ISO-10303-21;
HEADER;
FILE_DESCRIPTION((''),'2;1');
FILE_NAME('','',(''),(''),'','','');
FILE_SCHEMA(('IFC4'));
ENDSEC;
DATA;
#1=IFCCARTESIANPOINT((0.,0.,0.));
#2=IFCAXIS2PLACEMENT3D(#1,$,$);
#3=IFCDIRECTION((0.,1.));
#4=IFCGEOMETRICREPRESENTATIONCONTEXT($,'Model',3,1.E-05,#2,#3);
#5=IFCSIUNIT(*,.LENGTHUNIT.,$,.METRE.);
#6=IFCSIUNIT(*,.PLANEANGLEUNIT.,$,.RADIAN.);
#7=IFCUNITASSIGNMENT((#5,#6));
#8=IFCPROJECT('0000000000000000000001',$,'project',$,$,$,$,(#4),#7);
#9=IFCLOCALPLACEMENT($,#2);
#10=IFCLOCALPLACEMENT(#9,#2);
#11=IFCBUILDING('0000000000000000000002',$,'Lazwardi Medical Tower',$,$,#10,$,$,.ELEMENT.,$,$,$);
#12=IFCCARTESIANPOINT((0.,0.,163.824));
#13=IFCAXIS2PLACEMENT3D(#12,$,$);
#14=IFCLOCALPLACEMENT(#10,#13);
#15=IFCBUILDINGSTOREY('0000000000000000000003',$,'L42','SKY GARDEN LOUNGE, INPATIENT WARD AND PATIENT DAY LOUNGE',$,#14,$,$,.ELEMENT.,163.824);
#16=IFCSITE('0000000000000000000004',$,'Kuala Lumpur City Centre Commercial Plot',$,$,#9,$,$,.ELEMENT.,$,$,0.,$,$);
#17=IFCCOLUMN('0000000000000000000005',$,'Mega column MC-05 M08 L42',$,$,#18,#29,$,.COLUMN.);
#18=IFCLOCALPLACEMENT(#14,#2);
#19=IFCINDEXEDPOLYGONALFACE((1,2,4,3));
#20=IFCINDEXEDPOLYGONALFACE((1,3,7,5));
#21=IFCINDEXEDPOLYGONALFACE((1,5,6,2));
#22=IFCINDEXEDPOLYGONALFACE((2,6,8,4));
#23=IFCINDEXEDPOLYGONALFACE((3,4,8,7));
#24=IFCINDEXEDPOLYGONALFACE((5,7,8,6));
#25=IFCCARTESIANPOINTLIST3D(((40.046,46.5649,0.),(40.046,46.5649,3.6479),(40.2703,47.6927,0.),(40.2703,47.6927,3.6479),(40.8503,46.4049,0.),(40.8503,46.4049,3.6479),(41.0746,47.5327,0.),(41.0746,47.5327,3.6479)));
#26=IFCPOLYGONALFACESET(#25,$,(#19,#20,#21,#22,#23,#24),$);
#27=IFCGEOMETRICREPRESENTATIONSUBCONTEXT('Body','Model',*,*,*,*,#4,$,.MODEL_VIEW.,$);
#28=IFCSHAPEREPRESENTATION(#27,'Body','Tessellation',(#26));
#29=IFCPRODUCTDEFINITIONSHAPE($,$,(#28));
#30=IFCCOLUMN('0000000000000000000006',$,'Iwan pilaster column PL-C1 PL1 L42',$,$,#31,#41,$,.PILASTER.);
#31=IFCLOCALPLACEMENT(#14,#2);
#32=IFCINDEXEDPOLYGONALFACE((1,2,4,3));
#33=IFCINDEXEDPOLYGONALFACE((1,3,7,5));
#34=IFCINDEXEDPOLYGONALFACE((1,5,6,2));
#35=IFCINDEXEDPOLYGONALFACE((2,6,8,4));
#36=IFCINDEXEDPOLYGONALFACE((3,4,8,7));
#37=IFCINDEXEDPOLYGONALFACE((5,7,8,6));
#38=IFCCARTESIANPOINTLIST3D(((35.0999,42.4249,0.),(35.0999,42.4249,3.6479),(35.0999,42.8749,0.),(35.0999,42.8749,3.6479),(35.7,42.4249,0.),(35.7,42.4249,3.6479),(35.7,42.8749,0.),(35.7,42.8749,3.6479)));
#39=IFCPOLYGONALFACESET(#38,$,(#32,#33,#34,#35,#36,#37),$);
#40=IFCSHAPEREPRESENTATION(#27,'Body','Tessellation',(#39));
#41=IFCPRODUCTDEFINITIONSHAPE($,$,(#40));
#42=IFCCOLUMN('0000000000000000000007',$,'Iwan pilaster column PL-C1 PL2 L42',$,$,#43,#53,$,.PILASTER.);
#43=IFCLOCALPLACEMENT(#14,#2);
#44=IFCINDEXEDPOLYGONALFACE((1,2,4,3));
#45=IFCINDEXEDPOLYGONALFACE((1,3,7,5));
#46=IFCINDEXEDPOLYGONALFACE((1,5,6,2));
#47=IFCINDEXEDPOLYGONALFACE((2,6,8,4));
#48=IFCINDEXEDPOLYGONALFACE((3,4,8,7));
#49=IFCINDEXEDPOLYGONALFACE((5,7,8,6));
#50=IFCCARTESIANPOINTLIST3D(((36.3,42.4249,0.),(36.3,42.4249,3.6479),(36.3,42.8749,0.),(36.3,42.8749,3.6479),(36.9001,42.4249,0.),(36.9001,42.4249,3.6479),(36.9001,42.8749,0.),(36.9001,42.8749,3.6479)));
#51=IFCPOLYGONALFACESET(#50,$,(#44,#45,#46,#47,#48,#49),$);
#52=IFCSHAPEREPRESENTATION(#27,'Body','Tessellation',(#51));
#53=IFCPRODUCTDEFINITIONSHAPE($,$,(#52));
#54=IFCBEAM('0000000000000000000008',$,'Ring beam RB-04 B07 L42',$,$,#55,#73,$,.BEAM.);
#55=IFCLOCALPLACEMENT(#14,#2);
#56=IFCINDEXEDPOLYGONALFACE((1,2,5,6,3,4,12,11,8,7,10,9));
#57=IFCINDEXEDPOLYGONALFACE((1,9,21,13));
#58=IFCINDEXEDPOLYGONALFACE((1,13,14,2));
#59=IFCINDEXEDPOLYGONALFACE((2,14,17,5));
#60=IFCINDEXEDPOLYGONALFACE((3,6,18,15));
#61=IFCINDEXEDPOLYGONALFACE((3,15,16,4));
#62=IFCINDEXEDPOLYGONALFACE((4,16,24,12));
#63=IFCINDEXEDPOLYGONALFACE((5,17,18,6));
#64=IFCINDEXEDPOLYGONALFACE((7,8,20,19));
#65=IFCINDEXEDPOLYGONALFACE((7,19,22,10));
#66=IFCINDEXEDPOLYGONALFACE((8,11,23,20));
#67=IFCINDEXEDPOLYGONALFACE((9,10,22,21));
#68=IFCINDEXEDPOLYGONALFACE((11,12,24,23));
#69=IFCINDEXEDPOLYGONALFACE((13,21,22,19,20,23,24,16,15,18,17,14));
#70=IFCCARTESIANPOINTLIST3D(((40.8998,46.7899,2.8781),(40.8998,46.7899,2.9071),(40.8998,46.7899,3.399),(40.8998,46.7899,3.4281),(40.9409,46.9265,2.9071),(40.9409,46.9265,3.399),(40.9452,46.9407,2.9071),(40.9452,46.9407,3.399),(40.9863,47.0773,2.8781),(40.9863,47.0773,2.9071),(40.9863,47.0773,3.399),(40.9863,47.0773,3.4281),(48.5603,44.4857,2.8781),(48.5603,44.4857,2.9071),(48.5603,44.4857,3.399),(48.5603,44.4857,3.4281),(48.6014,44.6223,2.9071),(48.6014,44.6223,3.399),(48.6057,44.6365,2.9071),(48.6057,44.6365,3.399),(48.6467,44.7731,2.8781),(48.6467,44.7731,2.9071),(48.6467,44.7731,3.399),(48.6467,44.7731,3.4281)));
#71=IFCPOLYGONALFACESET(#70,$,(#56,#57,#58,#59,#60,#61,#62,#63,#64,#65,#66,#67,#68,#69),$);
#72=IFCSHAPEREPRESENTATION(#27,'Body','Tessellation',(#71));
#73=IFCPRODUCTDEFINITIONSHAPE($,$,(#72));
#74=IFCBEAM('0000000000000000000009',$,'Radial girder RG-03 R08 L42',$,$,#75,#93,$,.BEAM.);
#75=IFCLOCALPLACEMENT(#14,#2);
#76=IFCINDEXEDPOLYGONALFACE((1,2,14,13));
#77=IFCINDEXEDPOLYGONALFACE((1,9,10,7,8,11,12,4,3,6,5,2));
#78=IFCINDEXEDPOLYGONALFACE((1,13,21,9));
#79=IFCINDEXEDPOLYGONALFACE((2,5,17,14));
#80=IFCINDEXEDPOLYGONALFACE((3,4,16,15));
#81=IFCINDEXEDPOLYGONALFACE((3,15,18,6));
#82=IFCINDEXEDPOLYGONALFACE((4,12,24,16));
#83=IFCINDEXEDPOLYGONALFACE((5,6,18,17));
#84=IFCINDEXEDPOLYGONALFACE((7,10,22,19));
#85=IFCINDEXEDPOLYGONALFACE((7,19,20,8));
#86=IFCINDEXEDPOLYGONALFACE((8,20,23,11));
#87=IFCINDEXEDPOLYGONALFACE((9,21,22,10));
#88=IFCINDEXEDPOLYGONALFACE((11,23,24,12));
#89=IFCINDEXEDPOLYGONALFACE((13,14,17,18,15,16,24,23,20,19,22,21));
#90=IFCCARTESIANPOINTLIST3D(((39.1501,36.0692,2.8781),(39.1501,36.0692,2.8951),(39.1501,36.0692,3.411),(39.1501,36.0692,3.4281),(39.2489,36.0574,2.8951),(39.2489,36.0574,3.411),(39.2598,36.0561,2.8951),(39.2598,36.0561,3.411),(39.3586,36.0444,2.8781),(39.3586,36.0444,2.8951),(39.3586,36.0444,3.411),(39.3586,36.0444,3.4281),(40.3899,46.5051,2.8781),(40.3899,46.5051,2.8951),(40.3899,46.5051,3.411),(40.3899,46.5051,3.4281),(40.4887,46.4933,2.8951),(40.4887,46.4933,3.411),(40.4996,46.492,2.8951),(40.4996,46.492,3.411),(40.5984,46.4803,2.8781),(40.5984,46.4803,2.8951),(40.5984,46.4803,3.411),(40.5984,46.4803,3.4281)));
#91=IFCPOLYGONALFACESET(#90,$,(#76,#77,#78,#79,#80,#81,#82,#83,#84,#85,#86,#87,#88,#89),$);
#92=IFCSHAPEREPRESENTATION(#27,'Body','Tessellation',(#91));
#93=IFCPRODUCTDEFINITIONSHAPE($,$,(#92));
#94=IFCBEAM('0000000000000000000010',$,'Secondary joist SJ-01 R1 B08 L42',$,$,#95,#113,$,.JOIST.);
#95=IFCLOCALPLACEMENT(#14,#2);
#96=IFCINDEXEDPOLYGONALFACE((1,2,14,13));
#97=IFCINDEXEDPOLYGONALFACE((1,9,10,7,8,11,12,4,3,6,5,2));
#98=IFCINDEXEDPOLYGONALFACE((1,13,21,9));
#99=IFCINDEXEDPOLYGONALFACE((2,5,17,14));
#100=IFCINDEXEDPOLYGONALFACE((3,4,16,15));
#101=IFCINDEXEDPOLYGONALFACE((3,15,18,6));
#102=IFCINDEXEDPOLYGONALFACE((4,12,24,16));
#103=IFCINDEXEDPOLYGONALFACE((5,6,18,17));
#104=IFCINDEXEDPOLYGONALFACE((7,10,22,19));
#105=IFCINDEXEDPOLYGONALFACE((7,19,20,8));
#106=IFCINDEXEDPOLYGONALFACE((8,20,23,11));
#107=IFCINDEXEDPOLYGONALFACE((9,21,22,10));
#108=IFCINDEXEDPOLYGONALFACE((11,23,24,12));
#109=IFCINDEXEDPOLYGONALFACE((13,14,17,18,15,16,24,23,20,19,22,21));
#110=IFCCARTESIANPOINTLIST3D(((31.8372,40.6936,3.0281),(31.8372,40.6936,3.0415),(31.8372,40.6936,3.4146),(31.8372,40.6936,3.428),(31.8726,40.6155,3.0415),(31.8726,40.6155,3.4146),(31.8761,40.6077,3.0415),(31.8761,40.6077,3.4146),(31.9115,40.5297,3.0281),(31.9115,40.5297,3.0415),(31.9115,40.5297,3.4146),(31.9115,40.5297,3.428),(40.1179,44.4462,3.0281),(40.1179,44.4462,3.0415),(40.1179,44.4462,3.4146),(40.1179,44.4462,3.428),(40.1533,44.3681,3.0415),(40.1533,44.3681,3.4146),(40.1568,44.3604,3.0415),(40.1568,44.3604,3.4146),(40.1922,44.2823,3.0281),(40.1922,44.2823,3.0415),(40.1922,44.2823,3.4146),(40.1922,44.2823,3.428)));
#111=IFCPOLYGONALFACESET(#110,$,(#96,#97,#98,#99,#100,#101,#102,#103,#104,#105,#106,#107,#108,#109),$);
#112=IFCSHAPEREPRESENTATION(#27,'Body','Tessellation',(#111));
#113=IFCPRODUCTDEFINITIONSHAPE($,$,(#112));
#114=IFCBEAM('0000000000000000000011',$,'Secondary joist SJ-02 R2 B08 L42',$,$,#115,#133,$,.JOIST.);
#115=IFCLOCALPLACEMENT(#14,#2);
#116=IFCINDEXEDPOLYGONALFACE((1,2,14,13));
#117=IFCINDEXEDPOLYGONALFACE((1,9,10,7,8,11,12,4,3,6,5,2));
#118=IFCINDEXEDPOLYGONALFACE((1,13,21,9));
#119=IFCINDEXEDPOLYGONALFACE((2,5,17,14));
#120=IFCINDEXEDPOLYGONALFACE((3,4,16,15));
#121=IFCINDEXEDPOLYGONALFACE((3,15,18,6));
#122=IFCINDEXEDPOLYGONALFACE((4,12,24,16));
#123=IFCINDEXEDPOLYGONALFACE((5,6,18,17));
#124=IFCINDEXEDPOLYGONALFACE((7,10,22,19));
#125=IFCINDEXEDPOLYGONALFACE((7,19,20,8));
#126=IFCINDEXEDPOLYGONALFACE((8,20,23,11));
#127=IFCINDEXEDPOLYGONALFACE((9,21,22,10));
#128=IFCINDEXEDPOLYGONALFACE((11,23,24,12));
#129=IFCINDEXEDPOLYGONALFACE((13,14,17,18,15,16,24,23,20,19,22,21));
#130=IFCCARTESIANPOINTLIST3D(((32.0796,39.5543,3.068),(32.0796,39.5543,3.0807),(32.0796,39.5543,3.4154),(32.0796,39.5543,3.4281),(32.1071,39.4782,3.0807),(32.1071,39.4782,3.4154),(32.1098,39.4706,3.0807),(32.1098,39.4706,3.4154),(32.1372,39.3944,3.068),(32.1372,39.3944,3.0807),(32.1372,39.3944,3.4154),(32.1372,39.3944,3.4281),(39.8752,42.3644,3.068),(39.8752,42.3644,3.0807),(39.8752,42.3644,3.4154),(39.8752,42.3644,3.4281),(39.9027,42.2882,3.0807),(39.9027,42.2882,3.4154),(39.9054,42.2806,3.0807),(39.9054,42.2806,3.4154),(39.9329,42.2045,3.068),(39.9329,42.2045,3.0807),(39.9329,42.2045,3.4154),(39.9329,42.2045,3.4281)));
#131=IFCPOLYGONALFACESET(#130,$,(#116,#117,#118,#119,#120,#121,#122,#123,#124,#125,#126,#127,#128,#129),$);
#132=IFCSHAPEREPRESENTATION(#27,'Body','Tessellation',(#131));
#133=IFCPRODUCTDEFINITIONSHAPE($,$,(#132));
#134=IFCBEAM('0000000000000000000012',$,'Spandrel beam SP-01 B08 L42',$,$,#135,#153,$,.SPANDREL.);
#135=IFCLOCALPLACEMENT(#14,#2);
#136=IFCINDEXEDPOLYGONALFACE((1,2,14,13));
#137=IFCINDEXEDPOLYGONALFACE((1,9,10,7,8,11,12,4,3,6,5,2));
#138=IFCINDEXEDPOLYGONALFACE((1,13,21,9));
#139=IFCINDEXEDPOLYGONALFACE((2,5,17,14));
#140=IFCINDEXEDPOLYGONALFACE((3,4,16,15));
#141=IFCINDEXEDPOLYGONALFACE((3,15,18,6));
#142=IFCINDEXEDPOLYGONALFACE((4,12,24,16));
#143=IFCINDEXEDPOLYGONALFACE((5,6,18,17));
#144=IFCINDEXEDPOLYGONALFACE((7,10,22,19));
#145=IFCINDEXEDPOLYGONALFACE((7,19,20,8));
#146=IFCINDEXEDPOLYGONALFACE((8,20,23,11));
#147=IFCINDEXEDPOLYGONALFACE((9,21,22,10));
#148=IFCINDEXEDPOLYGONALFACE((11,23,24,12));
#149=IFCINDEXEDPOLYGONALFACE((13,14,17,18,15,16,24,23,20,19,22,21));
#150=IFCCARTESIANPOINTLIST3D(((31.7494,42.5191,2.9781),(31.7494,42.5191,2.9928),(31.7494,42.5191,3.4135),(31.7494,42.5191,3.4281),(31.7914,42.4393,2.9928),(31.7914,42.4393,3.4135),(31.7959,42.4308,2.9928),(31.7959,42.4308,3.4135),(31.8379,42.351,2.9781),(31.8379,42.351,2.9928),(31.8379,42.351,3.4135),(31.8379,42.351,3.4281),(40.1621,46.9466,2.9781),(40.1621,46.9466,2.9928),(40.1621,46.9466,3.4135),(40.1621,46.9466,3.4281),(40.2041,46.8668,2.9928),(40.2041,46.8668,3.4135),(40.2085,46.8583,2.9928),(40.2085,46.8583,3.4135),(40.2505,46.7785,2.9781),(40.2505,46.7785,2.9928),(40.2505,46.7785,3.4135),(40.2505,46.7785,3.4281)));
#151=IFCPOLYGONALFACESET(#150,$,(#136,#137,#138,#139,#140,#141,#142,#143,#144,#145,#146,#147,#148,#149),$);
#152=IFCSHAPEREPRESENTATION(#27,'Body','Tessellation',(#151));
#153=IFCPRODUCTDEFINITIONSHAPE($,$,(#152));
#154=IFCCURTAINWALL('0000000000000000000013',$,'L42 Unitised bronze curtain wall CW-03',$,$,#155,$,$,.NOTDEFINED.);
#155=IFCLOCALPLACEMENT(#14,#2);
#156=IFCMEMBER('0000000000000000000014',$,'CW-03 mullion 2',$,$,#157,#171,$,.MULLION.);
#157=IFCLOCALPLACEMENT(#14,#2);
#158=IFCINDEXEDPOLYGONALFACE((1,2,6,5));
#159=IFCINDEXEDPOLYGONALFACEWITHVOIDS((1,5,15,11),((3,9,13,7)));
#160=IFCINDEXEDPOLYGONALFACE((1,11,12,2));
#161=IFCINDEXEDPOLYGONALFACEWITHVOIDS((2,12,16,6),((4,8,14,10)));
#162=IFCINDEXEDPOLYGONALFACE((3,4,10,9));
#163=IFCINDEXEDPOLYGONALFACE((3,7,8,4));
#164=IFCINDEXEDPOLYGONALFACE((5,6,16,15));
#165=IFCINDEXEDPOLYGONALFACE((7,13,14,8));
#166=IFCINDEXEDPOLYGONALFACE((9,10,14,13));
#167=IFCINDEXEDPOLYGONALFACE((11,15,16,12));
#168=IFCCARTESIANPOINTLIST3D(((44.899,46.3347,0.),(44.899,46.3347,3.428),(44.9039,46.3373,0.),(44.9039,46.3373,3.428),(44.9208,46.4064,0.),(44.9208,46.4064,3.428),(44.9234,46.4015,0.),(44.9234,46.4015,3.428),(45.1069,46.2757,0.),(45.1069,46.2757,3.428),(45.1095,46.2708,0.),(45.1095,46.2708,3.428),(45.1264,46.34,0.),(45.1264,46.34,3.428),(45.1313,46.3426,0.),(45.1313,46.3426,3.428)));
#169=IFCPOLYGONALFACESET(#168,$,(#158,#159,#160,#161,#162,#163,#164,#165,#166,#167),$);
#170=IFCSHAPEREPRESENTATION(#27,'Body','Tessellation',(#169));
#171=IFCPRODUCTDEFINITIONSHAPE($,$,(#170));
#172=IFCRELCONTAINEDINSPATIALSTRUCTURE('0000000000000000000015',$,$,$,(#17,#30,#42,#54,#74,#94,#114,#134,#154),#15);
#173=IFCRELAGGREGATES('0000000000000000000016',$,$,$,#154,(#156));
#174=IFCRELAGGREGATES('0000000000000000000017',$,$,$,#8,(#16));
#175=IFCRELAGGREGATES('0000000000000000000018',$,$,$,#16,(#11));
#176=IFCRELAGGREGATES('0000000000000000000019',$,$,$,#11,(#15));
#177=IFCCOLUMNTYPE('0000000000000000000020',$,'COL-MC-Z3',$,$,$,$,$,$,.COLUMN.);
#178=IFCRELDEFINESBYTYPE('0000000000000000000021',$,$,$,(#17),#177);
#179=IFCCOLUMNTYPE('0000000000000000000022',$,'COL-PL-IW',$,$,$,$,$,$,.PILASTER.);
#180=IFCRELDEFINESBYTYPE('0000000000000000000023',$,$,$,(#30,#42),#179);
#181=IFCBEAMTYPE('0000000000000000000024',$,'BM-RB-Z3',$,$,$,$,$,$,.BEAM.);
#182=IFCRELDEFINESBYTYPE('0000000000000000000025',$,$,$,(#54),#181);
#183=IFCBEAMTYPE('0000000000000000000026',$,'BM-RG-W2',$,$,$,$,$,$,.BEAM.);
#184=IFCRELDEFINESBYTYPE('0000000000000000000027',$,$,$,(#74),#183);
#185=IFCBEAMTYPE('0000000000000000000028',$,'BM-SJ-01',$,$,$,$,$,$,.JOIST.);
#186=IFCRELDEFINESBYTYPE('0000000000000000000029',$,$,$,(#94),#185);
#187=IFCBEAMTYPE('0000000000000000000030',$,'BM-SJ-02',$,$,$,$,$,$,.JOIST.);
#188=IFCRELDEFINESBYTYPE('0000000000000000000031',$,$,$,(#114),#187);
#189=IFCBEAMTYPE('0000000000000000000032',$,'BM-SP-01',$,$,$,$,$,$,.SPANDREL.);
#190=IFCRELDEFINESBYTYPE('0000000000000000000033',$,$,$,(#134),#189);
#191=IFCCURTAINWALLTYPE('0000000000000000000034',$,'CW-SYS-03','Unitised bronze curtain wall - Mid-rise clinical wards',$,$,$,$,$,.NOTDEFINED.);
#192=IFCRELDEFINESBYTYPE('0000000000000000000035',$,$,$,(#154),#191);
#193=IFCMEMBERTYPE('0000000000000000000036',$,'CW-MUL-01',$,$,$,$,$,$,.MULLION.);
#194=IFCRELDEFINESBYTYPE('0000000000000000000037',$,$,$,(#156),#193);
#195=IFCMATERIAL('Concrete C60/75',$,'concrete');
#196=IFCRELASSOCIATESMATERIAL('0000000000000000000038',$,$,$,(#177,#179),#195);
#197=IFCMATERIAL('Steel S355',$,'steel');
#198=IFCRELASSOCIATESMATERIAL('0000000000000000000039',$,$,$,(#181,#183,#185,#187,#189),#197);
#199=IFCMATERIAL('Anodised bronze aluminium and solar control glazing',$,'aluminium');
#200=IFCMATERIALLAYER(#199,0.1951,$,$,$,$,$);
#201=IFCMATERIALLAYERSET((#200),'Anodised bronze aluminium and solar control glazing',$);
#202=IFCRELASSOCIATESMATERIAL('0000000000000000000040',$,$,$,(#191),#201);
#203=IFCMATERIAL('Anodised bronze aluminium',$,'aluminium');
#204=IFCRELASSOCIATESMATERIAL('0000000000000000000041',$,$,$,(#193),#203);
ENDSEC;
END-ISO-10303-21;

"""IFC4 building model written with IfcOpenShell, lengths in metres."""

from ifc_helpers import new_model, si_unit, direction, frame, origin, origin_2d, place, context, subcontext, project, spatial, rectangle, hollow_rectangle, i_section, extrude, material, layer, layer_set, material_profile, profile_set, type_object, element, aggregate, save


model = new_model("IFC4")

# Units and contexts
model_context = context("Model", 3, precision=1e-05, world=origin(), true_north=direction((0.0, 1.0)))
body_context = subcontext(model_context, "Body", "Model", "MODEL_VIEW")
ifc_project = project(units=[si_unit("LENGTHUNIT", "METRE"), si_unit("PLANEANGLEUNIT", "RADIAN")], contexts=[model_context])

# Site, building, storey
site_placement = place(None, origin())
site = spatial("IfcSite", under=ifc_project, at=site_placement, Name="Kuala Lumpur City Centre Commercial Plot", CompositionType="ELEMENT", RefElevation=0.0)
building_placement = place(site_placement, origin())
building = spatial("IfcBuilding", under=site, at=building_placement, Name="Lazwardi Medical Tower", CompositionType="ELEMENT")
storey_placement = place(building_placement, frame((0.0, 0.0, 163.824)))
storey = spatial("IfcBuildingStorey", under=building, at=storey_placement, Name="L42", Description="SKY GARDEN LOUNGE, INPATIENT WARD AND PATIENT DAY LOUNGE", CompositionType="ELEMENT", Elevation=163.824)

# Columns
ifc_material_1 = material(Name="Concrete C60/75", Category="concrete")
ifc_material_profile_1 = material_profile(ifc_material_1, rectangle(XDim=1.1499, YDim=0.8201, at=origin_2d()), Name="CFT-RECT 1150x820")
ifc_profile_set_1 = profile_set([ifc_material_profile_1], Name="Concrete C60/75")
column_type_1 = type_object("IfcColumnType", Name="COL-MC-Z3", PredefinedType="COLUMN", material=ifc_profile_set_1)
column_placement = place(storey_placement, frame((40.5603, 47.0488, 0.0), z_axis=(0.0, 0.0, 1.0), x_axis=(0.19509, 0.980785, 0.0)))
element("IfcColumn", 1, at=column_placement, inside=storey, type_object=column_type_1, Name="Mega column MC-05 M08 L42", PredefinedType="COLUMN", context=body_context, shape_type="SweptSolid", body=[
    extrude(rectangle(XDim=1.1499, YDim=0.8201, at=origin_2d()), origin(), (0.0, 0.0, 1.0), 3.6479),
])
ifc_material_profile_2 = material_profile(ifc_material_1, rectangle(XDim=0.6001, YDim=0.45, at=origin_2d()), Name="RC 600x450")
ifc_profile_set_2 = profile_set([ifc_material_profile_2], Name="Concrete C60/75")
column_type_2 = type_object("IfcColumnType", Name="COL-PL-IW", PredefinedType="PILASTER", material=ifc_profile_set_2)
for number, where, z_axis, x_axis, name in (
    (2, (35.3999, 42.6499, 0.0), (0.0, 0.0, 1.0), (1.0, 0.0, 0.0), "Iwan pilaster column PL-C1 PL1 L42"),
    (3, (36.6001, 42.6499, 0.0), (0.0, 0.0, 1.0), (1.0, 0.0, 0.0), "Iwan pilaster column PL-C1 PL2 L42"),
):
    element("IfcColumn", number, at=place(storey_placement, frame(where, z_axis=z_axis, x_axis=x_axis)), inside=storey, type_object=column_type_2, Name=name, PredefinedType="PILASTER", context=body_context, shape_type="SweptSolid", body=[
        extrude(rectangle(XDim=0.6001, YDim=0.45, at=origin_2d()), origin(), (0.0, 0.0, 1.0), 3.6479),
    ])

# Beams
ifc_material_2 = material(Name="Steel S355", Category="steel")
ifc_material_profile_3 = material_profile(ifc_material_2, i_section(OverallWidth=0.3, OverallDepth=0.55, WebThickness=0.0149, FlangeThickness=0.0291, at=origin_2d()), Name="HEB 550")
ifc_profile_set_3 = profile_set([ifc_material_profile_3], Name="Steel S355")
beam_type_1 = type_object("IfcBeamType", Name="BM-RB-Z3", PredefinedType="BEAM", material=ifc_profile_set_3)
beam_1_placement = place(storey_placement, frame((48.6035, 44.6294, 3.1531), z_axis=(-0.957617, 0.288045, 0.0), x_axis=(-0.288045, -0.957617, 0.0)))
element("IfcBeam", 4, at=beam_1_placement, inside=storey, type_object=beam_type_1, Name="Ring beam RB-04 B07 L42", PredefinedType="BEAM", context=body_context, shape_type="SweptSolid", body=[
    extrude(i_section(OverallWidth=0.3, OverallDepth=0.55, WebThickness=0.0149, FlangeThickness=0.0291, at=origin_2d()), origin(), (0.0, 0.0, 1.0), 7.9995),
])
ifc_material_profile_4 = material_profile(ifc_material_2, i_section(OverallWidth=0.21, OverallDepth=0.55, WebThickness=0.011, FlangeThickness=0.0171, at=origin_2d()), Name="IPE 550")
ifc_profile_set_4 = profile_set([ifc_material_profile_4], Name="Steel S355")
beam_type_2 = type_object("IfcBeamType", Name="BM-RG-W2", PredefinedType="BEAM", material=ifc_profile_set_4)
beam_2_placement = place(storey_placement, frame((40.4941, 46.4927, 3.1531), z_axis=(-0.117968, -0.993017, 0.0), x_axis=(0.993017, -0.117968, 0.0)))
element("IfcBeam", 5, at=beam_2_placement, inside=storey, type_object=beam_type_2, Name="Radial girder RG-03 R08 L42", PredefinedType="BEAM", context=body_context, shape_type="SweptSolid", body=[
    extrude(i_section(OverallWidth=0.21, OverallDepth=0.55, WebThickness=0.011, FlangeThickness=0.0171, at=origin_2d()), origin(), (0.0, 0.0, 1.0), 10.5093),
])
ifc_material_profile_5 = material_profile(ifc_material_2, i_section(OverallWidth=0.1799, OverallDepth=0.3999, WebThickness=0.0085, FlangeThickness=0.0134, at=origin_2d()), Name="IPE 400")
ifc_profile_set_5 = profile_set([ifc_material_profile_5], Name="Steel S355")
beam_type_3 = type_object("IfcBeamType", Name="BM-SJ-01", PredefinedType="JOIST", material=ifc_profile_set_5)
beam_3_placement = place(storey_placement, frame((40.155, 44.3643, 3.228), z_axis=(-0.910834, -0.412773, 0.0), x_axis=(0.412773, -0.910834, 0.0)))
element("IfcBeam", 6, at=beam_3_placement, inside=storey, type_object=beam_type_3, Name="Secondary joist SJ-01 R1 B08 L42", PredefinedType="JOIST", context=body_context, shape_type="SweptSolid", body=[
    extrude(i_section(OverallWidth=0.1799, OverallDepth=0.3999, WebThickness=0.0085, FlangeThickness=0.0134, at=origin_2d()), origin(), (0.0, 0.0, 1.0), 9.0913),
])
ifc_material_profile_6 = material_profile(ifc_material_2, i_section(OverallWidth=0.1699, OverallDepth=0.3601, WebThickness=0.0081, FlangeThickness=0.0127, at=origin_2d()), Name="IPE 360")
ifc_profile_set_6 = profile_set([ifc_material_profile_6], Name="Steel S355")
beam_type_4 = type_object("IfcBeamType", Name="BM-SJ-02", PredefinedType="JOIST", material=ifc_profile_set_6)
beam_4_placement = place(storey_placement, frame((39.9041, 42.2844, 3.248), z_axis=(-0.940748, -0.339106, 0.0), x_axis=(0.339106, -0.940748, 0.0)))
element("IfcBeam", 7, at=beam_4_placement, inside=storey, type_object=beam_type_4, Name="Secondary joist SJ-02 R2 B08 L42", PredefinedType="JOIST", context=body_context, shape_type="SweptSolid", body=[
    extrude(i_section(OverallWidth=0.1699, OverallDepth=0.3601, WebThickness=0.0081, FlangeThickness=0.0127, at=origin_2d()), origin(), (0.0, 0.0, 1.0), 8.2866),
])
ifc_material_profile_7 = material_profile(ifc_material_2, i_section(OverallWidth=0.1899, OverallDepth=0.45, WebThickness=0.0095, FlangeThickness=0.0146, at=origin_2d()), Name="IPE 450")
ifc_profile_set_7 = profile_set([ifc_material_profile_7], Name="Steel S355")
beam_type_5 = type_object("IfcBeamType", Name="BM-SP-01", PredefinedType="SPANDREL", material=ifc_profile_set_7)
beam_5_placement = place(storey_placement, frame((40.2063, 46.8625, 3.2031), z_axis=(-0.884927, -0.465731, 0.0), x_axis=(0.465731, -0.884927, 0.0)))
element("IfcBeam", 8, at=beam_5_placement, inside=storey, type_object=beam_type_5, Name="Spandrel beam SP-01 B08 L42", PredefinedType="SPANDREL", context=body_context, shape_type="SweptSolid", body=[
    extrude(i_section(OverallWidth=0.1899, OverallDepth=0.45, WebThickness=0.0095, FlangeThickness=0.0146, at=origin_2d()), origin(), (0.0, 0.0, 1.0), 9.5066),
])

# Curtain wall, member
ifc_material_3 = material(Name="Anodised bronze aluminium and solar control glazing", Category="aluminium")
ifc_layer_1 = layer(ifc_material_3, 0.1951)
ifc_layer_set_1 = layer_set([ifc_layer_1], Name="Anodised bronze aluminium and solar control glazing")
curtain_wall_type_1 = type_object("IfcCurtainWallType", Name="CW-SYS-03", Description="Unitised bronze curtain wall - Mid-rise clinical wards", PredefinedType="NOTDEFINED", material=ifc_layer_set_1)
curtain_wall_1_placement = place(storey_placement, origin())
curtain_wall_1 = element("IfcCurtainWall", 9, at=curtain_wall_1_placement, inside=storey, type_object=curtain_wall_type_1, Name="L42 Unitised bronze curtain wall CW-03", PredefinedType="NOTDEFINED")
ifc_material_4 = material(Name="Anodised bronze aluminium", Category="aluminium")
ifc_material_profile_8 = material_profile(ifc_material_4, hollow_rectangle(XDim=0.075, YDim=0.22, WallThickness=0.0039, at=origin_2d()), Name="ALU-MULLION 220x75x4")
ifc_profile_set_8 = profile_set([ifc_material_profile_8], Name="Anodised bronze aluminium")
member_type_1 = type_object("IfcMemberType", Name="CW-MUL-01", PredefinedType="MULLION", material=ifc_profile_set_8)
member_1_placement = place(storey_placement, frame((45.0151, 46.3386, 0.0), z_axis=(0.0, 0.0, 1.0), x_axis=(-0.290281, -0.956942, 0.0)))
member_1 = element("IfcMember", 10, at=member_1_placement, type_object=member_type_1, Name="CW-03 mullion 2", PredefinedType="MULLION", context=body_context, shape_type="SweptSolid", body=[
    extrude(hollow_rectangle(XDim=0.075, YDim=0.22, WallThickness=0.0039, at=origin_2d()), origin(), (0.0, 0.0, 1.0), 3.428),
])

aggregate(curtain_wall_1, [member_1])

save(model, "model.ifc")
